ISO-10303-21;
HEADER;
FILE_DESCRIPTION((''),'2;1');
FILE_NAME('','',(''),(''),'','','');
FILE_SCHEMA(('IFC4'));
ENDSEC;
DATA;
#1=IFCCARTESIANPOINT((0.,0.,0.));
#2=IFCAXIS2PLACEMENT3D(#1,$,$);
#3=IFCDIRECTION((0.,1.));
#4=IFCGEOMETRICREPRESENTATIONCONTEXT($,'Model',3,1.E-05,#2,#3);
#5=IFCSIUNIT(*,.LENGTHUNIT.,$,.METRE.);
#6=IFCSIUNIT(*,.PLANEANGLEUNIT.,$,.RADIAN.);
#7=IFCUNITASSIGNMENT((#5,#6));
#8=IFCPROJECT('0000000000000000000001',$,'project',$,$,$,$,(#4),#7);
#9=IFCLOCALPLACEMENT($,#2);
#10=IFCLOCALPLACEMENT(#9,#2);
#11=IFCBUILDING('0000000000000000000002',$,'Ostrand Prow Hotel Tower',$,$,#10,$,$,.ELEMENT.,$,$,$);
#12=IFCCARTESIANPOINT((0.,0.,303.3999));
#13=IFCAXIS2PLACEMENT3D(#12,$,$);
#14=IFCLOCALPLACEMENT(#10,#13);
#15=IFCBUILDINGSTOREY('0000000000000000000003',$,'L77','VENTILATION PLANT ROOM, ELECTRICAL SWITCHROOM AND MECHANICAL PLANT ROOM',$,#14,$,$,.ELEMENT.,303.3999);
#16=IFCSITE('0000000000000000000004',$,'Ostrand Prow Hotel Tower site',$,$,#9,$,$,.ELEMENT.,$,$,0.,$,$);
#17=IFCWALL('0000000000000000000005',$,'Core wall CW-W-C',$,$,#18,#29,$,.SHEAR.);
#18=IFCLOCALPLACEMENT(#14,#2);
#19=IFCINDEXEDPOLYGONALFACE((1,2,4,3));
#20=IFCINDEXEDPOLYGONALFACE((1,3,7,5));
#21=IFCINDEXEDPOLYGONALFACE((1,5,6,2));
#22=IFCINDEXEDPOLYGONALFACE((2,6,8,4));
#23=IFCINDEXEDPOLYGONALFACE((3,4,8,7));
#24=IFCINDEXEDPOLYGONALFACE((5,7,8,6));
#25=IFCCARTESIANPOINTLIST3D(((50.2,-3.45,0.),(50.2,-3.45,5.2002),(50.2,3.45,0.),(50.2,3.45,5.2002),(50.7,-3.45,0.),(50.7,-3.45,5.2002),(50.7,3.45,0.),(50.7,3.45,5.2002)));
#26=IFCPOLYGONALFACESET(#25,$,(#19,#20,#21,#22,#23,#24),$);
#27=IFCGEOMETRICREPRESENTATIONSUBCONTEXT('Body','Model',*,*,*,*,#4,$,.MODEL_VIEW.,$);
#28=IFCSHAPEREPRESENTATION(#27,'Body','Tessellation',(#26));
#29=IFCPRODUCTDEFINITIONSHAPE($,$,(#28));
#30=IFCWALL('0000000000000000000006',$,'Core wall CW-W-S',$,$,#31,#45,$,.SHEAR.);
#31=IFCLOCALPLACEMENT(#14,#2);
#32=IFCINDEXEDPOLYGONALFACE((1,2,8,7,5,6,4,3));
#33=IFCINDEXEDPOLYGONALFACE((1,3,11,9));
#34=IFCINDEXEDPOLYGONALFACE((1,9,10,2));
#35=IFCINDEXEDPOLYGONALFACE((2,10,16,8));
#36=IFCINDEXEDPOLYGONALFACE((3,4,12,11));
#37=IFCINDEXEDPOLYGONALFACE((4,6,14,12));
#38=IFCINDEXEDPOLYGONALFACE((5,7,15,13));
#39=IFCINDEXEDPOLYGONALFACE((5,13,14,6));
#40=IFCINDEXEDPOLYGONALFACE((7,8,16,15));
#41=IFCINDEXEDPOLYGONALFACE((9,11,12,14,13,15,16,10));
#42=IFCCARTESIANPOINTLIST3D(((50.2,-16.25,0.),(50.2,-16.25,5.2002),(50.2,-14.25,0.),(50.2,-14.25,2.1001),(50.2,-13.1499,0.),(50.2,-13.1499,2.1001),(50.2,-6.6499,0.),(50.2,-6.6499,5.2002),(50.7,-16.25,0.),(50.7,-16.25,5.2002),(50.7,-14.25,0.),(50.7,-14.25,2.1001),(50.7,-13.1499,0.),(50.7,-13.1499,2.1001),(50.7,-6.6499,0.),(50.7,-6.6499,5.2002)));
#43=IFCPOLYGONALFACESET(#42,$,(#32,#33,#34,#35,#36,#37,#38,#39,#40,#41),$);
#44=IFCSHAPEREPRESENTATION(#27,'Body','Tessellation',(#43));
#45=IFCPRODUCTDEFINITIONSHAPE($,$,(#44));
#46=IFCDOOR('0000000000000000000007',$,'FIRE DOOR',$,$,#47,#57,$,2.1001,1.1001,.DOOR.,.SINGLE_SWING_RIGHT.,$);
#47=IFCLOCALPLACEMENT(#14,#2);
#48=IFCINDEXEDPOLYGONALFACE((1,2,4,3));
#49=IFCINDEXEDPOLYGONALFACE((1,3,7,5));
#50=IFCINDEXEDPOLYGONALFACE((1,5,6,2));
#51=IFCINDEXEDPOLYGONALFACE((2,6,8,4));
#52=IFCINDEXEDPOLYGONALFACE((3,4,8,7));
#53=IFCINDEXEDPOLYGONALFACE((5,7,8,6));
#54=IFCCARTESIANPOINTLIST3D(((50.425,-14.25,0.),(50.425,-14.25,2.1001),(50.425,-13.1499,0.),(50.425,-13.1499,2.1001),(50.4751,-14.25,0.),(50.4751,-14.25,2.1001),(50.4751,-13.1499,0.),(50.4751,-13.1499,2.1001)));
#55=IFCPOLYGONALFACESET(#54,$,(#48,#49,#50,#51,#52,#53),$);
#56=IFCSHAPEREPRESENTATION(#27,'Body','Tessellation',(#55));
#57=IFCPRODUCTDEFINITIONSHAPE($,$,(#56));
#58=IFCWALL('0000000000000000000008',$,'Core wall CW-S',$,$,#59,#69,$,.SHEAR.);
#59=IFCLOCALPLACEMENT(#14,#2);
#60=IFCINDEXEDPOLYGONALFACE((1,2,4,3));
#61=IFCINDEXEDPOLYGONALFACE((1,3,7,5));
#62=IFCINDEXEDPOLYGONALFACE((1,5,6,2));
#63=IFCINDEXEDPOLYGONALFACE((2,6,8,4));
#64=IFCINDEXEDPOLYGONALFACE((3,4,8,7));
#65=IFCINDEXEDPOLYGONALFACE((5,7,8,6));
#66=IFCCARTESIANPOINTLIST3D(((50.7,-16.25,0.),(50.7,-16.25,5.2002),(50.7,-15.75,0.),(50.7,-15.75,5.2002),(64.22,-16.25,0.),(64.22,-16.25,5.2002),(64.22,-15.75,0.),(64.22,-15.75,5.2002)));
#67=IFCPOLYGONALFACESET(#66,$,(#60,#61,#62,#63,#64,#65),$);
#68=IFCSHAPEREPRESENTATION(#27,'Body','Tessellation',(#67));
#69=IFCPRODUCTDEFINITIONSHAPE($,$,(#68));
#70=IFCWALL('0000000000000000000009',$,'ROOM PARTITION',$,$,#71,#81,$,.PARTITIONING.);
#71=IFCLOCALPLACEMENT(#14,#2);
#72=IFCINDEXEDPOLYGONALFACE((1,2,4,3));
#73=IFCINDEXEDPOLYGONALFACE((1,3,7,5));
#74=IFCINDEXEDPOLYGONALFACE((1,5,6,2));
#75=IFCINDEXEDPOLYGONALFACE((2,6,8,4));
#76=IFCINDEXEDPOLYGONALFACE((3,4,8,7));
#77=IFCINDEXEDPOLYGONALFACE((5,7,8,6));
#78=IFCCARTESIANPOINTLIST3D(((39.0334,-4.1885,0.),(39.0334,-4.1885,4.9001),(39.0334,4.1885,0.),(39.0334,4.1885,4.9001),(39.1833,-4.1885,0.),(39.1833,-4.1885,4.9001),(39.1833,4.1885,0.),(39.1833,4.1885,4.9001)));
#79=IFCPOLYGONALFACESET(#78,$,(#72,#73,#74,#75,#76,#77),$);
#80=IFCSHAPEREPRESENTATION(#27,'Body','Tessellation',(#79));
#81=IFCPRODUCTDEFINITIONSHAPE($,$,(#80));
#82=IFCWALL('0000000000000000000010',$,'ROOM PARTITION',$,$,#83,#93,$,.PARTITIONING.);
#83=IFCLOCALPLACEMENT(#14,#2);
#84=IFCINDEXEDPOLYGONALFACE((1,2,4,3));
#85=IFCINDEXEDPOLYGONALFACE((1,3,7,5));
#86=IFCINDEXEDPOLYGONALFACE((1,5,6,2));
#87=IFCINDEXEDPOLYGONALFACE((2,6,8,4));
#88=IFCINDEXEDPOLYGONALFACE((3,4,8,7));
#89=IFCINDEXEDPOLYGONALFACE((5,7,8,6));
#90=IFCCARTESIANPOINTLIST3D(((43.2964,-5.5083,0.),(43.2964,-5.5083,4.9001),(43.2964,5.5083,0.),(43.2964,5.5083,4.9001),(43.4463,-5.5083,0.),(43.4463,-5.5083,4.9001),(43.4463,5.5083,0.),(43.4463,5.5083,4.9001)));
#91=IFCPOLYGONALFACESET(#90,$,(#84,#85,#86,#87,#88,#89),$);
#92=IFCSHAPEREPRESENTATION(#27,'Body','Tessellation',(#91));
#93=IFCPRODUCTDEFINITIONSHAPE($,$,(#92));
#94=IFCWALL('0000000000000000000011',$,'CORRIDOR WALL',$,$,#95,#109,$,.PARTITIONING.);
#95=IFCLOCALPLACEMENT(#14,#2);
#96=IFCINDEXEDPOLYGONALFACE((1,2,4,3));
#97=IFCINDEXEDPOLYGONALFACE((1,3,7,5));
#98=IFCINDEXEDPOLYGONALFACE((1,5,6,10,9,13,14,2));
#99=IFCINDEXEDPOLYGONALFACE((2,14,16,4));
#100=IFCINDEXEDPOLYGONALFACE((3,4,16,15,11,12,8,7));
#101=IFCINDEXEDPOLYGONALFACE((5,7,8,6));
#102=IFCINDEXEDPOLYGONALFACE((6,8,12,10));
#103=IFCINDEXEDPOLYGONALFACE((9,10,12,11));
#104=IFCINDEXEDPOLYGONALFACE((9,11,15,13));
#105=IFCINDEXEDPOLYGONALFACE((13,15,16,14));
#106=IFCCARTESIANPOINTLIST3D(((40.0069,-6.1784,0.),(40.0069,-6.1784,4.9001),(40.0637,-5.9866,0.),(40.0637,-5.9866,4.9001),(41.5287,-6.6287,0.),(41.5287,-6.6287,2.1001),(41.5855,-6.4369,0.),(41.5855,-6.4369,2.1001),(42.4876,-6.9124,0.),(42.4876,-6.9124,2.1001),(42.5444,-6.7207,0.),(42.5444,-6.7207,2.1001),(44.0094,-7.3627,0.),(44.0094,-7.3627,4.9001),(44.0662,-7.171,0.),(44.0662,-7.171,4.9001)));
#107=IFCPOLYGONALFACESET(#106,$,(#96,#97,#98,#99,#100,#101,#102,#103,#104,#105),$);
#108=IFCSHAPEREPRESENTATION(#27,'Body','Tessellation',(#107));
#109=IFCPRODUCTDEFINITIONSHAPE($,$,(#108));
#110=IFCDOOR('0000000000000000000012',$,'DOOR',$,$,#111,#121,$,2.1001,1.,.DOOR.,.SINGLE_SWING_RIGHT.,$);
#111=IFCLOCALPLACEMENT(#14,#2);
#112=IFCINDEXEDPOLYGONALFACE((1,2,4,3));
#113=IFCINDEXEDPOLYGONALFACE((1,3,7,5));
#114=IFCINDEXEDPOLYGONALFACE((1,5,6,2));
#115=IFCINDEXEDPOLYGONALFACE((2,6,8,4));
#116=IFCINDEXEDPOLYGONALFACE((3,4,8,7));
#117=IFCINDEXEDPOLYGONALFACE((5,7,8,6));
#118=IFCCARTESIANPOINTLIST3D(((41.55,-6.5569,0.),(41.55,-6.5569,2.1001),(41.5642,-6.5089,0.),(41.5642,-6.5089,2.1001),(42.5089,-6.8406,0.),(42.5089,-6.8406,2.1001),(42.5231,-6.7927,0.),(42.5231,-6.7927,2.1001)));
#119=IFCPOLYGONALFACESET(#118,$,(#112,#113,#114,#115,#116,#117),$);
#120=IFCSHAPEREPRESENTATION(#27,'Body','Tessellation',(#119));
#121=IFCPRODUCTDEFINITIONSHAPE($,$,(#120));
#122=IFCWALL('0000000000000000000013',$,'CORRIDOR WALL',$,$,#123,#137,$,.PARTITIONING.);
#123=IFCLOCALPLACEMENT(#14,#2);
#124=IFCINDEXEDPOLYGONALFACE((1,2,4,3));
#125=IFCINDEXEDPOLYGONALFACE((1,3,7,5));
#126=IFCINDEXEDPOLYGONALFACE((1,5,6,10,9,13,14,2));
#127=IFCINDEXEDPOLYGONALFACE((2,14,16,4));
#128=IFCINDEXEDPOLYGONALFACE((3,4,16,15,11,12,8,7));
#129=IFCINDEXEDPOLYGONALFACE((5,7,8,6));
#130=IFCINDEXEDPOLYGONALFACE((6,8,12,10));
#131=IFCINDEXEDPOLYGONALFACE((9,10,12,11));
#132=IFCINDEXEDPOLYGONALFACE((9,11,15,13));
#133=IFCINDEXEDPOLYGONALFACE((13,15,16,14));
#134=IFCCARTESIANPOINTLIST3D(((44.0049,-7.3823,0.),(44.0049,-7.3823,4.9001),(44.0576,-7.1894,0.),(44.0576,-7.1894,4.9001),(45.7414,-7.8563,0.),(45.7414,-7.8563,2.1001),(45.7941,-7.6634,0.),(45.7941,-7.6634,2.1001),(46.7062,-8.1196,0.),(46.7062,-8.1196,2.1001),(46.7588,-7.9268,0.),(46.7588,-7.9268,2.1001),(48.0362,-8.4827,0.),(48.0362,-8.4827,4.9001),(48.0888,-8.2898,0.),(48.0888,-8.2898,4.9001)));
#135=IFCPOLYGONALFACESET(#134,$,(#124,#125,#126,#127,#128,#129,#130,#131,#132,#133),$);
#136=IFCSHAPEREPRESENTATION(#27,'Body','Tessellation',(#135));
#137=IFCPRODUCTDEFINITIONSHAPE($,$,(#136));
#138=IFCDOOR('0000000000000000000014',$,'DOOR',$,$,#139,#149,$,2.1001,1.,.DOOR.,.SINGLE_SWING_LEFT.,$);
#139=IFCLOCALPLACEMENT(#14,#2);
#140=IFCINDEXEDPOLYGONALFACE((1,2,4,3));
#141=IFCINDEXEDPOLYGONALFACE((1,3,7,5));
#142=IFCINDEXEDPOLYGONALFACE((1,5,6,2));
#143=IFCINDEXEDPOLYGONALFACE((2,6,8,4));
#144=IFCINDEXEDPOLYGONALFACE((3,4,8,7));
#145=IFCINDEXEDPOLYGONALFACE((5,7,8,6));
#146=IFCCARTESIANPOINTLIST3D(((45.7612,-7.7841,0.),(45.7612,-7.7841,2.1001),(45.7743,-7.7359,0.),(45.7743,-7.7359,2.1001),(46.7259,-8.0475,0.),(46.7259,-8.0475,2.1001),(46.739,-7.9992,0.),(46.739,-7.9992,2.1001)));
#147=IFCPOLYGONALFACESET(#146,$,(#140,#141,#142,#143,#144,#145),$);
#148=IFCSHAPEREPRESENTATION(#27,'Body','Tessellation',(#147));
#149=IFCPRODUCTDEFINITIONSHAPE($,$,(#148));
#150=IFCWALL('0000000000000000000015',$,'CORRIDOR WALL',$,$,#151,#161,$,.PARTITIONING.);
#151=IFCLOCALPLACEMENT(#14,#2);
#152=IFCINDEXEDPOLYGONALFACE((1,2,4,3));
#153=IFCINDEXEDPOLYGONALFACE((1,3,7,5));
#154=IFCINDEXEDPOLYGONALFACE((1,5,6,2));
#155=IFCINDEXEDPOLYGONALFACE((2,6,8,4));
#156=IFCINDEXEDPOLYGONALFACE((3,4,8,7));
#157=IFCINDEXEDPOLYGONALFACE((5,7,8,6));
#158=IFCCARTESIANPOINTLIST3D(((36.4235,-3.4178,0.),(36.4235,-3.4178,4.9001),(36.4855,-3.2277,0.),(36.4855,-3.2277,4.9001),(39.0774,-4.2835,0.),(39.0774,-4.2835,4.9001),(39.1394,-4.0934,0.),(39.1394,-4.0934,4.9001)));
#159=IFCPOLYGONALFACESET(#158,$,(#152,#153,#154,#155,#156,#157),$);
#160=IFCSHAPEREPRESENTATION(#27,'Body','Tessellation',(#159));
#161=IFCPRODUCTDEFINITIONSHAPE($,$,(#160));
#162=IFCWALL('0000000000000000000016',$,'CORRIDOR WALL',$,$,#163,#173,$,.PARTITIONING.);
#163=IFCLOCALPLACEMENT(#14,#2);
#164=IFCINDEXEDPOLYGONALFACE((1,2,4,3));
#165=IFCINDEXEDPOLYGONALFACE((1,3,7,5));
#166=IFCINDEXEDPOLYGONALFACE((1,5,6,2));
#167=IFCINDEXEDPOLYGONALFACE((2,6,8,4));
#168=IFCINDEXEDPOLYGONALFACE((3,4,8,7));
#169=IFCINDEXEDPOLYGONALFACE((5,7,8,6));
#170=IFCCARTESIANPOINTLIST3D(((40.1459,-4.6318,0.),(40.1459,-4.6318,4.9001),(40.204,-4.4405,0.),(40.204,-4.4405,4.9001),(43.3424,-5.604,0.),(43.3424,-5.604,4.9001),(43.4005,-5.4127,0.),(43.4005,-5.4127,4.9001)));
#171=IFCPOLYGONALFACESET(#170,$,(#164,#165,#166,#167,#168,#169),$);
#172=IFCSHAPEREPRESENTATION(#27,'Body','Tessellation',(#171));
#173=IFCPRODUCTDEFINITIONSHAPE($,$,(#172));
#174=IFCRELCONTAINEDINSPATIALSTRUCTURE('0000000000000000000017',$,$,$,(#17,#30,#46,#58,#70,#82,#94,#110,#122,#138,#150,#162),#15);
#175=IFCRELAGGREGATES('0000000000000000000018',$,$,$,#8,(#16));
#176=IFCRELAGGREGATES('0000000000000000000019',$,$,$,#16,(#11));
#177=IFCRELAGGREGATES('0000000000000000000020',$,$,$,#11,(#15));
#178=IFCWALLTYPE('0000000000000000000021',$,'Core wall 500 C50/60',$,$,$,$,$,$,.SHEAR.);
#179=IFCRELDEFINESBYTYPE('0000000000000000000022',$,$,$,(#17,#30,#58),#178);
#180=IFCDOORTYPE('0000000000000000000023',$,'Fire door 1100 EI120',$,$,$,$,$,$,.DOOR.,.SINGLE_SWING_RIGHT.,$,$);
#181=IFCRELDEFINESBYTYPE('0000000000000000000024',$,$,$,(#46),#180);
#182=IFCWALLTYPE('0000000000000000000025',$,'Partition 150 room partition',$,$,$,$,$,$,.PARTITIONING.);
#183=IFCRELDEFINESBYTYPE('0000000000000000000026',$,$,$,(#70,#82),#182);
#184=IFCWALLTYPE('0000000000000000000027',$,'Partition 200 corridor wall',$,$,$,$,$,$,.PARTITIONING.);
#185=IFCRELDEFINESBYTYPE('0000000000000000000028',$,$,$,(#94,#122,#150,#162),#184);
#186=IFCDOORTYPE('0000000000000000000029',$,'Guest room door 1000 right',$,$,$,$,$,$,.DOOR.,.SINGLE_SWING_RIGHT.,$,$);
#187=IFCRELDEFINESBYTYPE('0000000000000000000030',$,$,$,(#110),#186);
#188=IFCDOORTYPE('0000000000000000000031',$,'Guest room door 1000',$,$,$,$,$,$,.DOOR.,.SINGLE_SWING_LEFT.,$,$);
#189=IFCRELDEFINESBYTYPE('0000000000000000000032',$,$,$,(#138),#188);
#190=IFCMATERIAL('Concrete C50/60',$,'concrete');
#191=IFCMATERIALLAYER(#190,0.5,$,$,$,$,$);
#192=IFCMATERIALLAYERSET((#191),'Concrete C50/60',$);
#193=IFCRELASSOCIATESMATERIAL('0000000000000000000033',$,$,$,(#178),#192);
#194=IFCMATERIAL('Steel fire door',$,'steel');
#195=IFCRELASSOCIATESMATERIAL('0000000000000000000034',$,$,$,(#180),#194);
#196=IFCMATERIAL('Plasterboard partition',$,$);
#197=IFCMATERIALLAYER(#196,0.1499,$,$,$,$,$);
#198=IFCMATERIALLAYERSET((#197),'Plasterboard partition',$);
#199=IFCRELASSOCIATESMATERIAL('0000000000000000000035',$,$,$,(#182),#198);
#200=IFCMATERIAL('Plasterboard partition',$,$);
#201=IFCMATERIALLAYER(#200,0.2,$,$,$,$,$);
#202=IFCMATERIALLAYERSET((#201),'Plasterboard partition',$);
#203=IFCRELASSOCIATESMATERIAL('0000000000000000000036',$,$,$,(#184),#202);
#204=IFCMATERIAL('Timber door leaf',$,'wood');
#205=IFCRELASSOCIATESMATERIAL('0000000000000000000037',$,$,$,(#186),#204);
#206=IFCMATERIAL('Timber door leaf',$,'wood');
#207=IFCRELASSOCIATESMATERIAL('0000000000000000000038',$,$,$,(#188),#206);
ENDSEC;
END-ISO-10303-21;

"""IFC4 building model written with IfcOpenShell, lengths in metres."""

from ifc_helpers import new_model, si_unit, direction, frame, frame_2d, origin, place, context, subcontext, project, spatial, rectangle, extrude, material, layer, layer_set, type_object, element, fill, save


model = new_model("IFC4")

# Units and contexts
model_context = context("Model", 3, precision=1e-05, world=origin(), true_north=direction((0.0, 1.0)))
body_context = subcontext(model_context, "Body", "Model", "MODEL_VIEW")
ifc_project = project(units=[si_unit("LENGTHUNIT", "METRE"), si_unit("PLANEANGLEUNIT", "RADIAN")], contexts=[model_context])

# Site, building, storey
site_placement = place(None, origin())
site = spatial("IfcSite", under=ifc_project, at=site_placement, Name="Ostrand Prow Hotel Tower site", CompositionType="ELEMENT", RefElevation=0.0)
building_placement = place(site_placement, origin())
building = spatial("IfcBuilding", under=site, at=building_placement, Name="Ostrand Prow Hotel Tower", CompositionType="ELEMENT")
storey_placement = place(building_placement, frame((0.0, 0.0, 303.3999)))
storey = spatial("IfcBuildingStorey", under=building, at=storey_placement, Name="L77", Description="VENTILATION PLANT ROOM, ELECTRICAL SWITCHROOM AND MECHANICAL PLANT ROOM", CompositionType="ELEMENT", Elevation=303.3999)

# Wall
ifc_material_1 = material(Name="Concrete C50/60", Category="concrete")
ifc_layer_1 = layer(ifc_material_1, 0.5)
ifc_layer_set_1 = layer_set([ifc_layer_1], Name="Concrete C50/60")
wall_type_1 = type_object("IfcWallType", Name="Core wall 500 C50/60", PredefinedType="SHEAR", material=ifc_layer_set_1)
wall_1_placement = place(storey_placement, frame((50.45, -3.45, 0.0), z_axis=(0.0, 0.0, 1.0), x_axis=(0.0, 1.0, 0.0)))
element("IfcWall", 1, at=wall_1_placement, inside=storey, type_object=wall_type_1, Name="Core wall CW-W-C", PredefinedType="SHEAR", context=body_context, shape_type="SweptSolid", body=[
    extrude(rectangle(XDim=6.8999, YDim=0.5, at=frame_2d((3.45, 0.0))), origin(), (0.0, 0.0, 1.0), 5.2002),
])

# Wall, opening, door
wall_2_placement = place(storey_placement, frame((50.45, -16.25, 0.0), z_axis=(0.0, 0.0, 1.0), x_axis=(0.0, 1.0, 0.0)))
wall_2 = element("IfcWall", 2, at=wall_2_placement, inside=storey, type_object=wall_type_1, Name="Core wall CW-W-S", PredefinedType="SHEAR", context=body_context, shape_type="SweptSolid", body=[
    extrude(rectangle(XDim=9.6001, YDim=0.5, at=frame_2d((4.8, 0.0))), origin(), (0.0, 0.0, 1.0), 5.2002),
])
opening_1_placement = place(wall_2_placement, frame((2.0, 0.0, 0.0)))
opening_1 = element("IfcOpeningElement", 3, at=opening_1_placement, cuts=wall_2, PredefinedType="OPENING", context=body_context, shape_type="SweptSolid", body=[
    extrude(rectangle(XDim=1.1001, YDim=2.1001, at=frame_2d((0.55, 1.05))), frame((0.0, 0.26, 0.0), z_axis=(0.0, -1.0, 0.0), x_axis=(1.0, 0.0, 0.0)), (0.0, 0.0, 1.0), 0.52),
])
ifc_material_2 = material(Name="Steel fire door", Category="steel")
door_type_1 = type_object("IfcDoorType", Name="Fire door 1100 EI120", OperationType="SINGLE_SWING_RIGHT", PredefinedType="DOOR", material=ifc_material_2)
door_1_placement = place(opening_1_placement, origin())
door_1 = element("IfcDoor", 4, at=door_1_placement, inside=storey, type_object=door_type_1, Name="FIRE DOOR", OperationType="SINGLE_SWING_RIGHT", OverallHeight=2.1001, OverallWidth=1.1001, PredefinedType="DOOR", context=body_context, shape_type="SweptSolid", body=[
    extrude(rectangle(XDim=1.1001, YDim=2.1001, at=frame_2d((0.55, 1.05))), frame((0.0, 0.0249, 0.0), z_axis=(0.0, -1.0, 0.0), x_axis=(1.0, 0.0, 0.0)), (0.0, 0.0, 1.0), 0.05),
])
fill(opening_1, door_1)

# Walls
wall_3_placement = place(storey_placement, frame((50.7, -16.0, 0.0), z_axis=(0.0, 0.0, 1.0), x_axis=(1.0, 0.0, 0.0)))
element("IfcWall", 5, at=wall_3_placement, inside=storey, type_object=wall_type_1, Name="Core wall CW-S", PredefinedType="SHEAR", context=body_context, shape_type="SweptSolid", body=[
    extrude(rectangle(XDim=13.52, YDim=0.5, at=frame_2d((6.76, 0.0))), origin(), (0.0, 0.0, 1.0), 5.2002),
])
ifc_material_3 = material(Name="Plasterboard partition")
ifc_layer_2 = layer(ifc_material_3, 0.1499)
ifc_layer_set_2 = layer_set([ifc_layer_2], Name="Plasterboard partition")
wall_type_2 = type_object("IfcWallType", Name="Partition 150 room partition", PredefinedType="PARTITIONING", material=ifc_layer_set_2)
wall_4_placement = place(storey_placement, frame((39.1084, -4.1885, 0.0), z_axis=(0.0, 0.0, 1.0), x_axis=(0.0, 1.0, 0.0)))
element("IfcWall", 6, at=wall_4_placement, inside=storey, type_object=wall_type_2, Name="ROOM PARTITION", PredefinedType="PARTITIONING", context=body_context, shape_type="SweptSolid", body=[
    extrude(rectangle(XDim=8.377, YDim=0.1499, at=frame_2d((4.1885, 0.0))), origin(), (0.0, 0.0, 1.0), 4.9001),
])
wall_5_placement = place(storey_placement, frame((43.3713, -5.5083, 0.0), z_axis=(0.0, 0.0, 1.0), x_axis=(0.0, 1.0, 0.0)))
element("IfcWall", 7, at=wall_5_placement, inside=storey, type_object=wall_type_2, Name="ROOM PARTITION", PredefinedType="PARTITIONING", context=body_context, shape_type="SweptSolid", body=[
    extrude(rectangle(XDim=11.0166, YDim=0.1499, at=frame_2d((5.5083, 0.0))), origin(), (0.0, 0.0, 1.0), 4.9001),
])

# Walls, openings, doors
ifc_material_4 = material(Name="Plasterboard partition")
ifc_layer_3 = layer(ifc_material_4, 0.2)
ifc_layer_set_3 = layer_set([ifc_layer_3], Name="Plasterboard partition")
wall_type_3 = type_object("IfcWallType", Name="Partition 200 corridor wall", PredefinedType="PARTITIONING", material=ifc_layer_set_3)
wall_6_placement = place(storey_placement, frame((40.0354, -6.0825, 0.0), z_axis=(0.0, 0.0, 1.0), x_axis=(0.958901, -0.28374, 0.0)))
wall_6 = element("IfcWall", 8, at=wall_6_placement, inside=storey, type_object=wall_type_3, Name="CORRIDOR WALL", PredefinedType="PARTITIONING", context=body_context, shape_type="SweptSolid", body=[
    extrude(rectangle(XDim=4.1741, YDim=0.2, at=frame_2d((2.0869, 0.0))), origin(), (0.0, 0.0, 1.0), 4.9001),
])
opening_2_placement = place(wall_6_placement, frame((1.5869, 0.0, 0.0)))
opening_2 = element("IfcOpeningElement", 9, at=opening_2_placement, cuts=wall_6, PredefinedType="OPENING", context=body_context, shape_type="SweptSolid", body=[
    extrude(rectangle(XDim=1.0, YDim=2.1001, at=frame_2d((0.5, 1.05))), frame((0.0, 0.1099, 0.0), z_axis=(0.0, -1.0, 0.0), x_axis=(1.0, 0.0, 0.0)), (0.0, 0.0, 1.0), 0.22),
])
ifc_material_5 = material(Name="Timber door leaf", Category="wood")
door_type_2 = type_object("IfcDoorType", Name="Guest room door 1000 right", OperationType="SINGLE_SWING_RIGHT", PredefinedType="DOOR", material=ifc_material_5)
door_2_placement = place(opening_2_placement, origin())
door_2 = element("IfcDoor", 10, at=door_2_placement, inside=storey, type_object=door_type_2, Name="DOOR", OperationType="SINGLE_SWING_RIGHT", OverallHeight=2.1001, OverallWidth=1.0, PredefinedType="DOOR", context=body_context, shape_type="SweptSolid", body=[
    extrude(rectangle(XDim=1.0, YDim=2.1001, at=frame_2d((0.5, 1.05))), frame((0.0, 0.0249, 0.0), z_axis=(0.0, -1.0, 0.0), x_axis=(1.0, 0.0, 0.0)), (0.0, 0.0, 1.0), 0.05),
])
fill(opening_2, door_2)
wall_7_placement = place(storey_placement, frame((44.0312, -7.2859, 0.0), z_axis=(0.0, 0.0, 1.0), x_axis=(0.964709, -0.26332, 0.0)))
wall_7 = element("IfcWall", 11, at=wall_7_placement, inside=storey, type_object=wall_type_3, Name="CORRIDOR WALL", PredefinedType="PARTITIONING", context=body_context, shape_type="SweptSolid", body=[
    extrude(rectangle(XDim=4.1787, YDim=0.2, at=frame_2d((2.0894, 0.0))), origin(), (0.0, 0.0, 1.0), 4.9001),
])
opening_3_placement = place(wall_7_placement, frame((1.8, 0.0, 0.0)))
opening_3 = element("IfcOpeningElement", 12, at=opening_3_placement, cuts=wall_7, PredefinedType="OPENING", context=body_context, shape_type="SweptSolid", body=[
    extrude(rectangle(XDim=1.0, YDim=2.1001, at=frame_2d((0.5, 1.05))), frame((0.0, 0.1099, 0.0), z_axis=(0.0, -1.0, 0.0), x_axis=(1.0, 0.0, 0.0)), (0.0, 0.0, 1.0), 0.22),
])
ifc_material_6 = material(Name="Timber door leaf", Category="wood")
door_type_3 = type_object("IfcDoorType", Name="Guest room door 1000", OperationType="SINGLE_SWING_LEFT", PredefinedType="DOOR", material=ifc_material_6)
door_3_placement = place(opening_3_placement, origin())
door_3 = element("IfcDoor", 13, at=door_3_placement, inside=storey, type_object=door_type_3, Name="DOOR", OperationType="SINGLE_SWING_LEFT", OverallHeight=2.1001, OverallWidth=1.0, PredefinedType="DOOR", context=body_context, shape_type="SweptSolid", body=[
    extrude(rectangle(XDim=1.0, YDim=2.1001, at=frame_2d((0.5, 1.05))), frame((0.0, 0.0249, 0.0), z_axis=(0.0, -1.0, 0.0), x_axis=(1.0, 0.0, 0.0)), (0.0, 0.0, 1.0), 0.05),
])
fill(opening_3, door_3)

# Walls
wall_8_placement = place(storey_placement, frame((39.1084, -4.1885, 0.0), z_axis=(0.0, 0.0, 1.0), x_axis=(-0.950693, 0.310134, 0.0)))
element("IfcWall", 14, at=wall_8_placement, inside=storey, type_object=wall_type_3, Name="CORRIDOR WALL", PredefinedType="PARTITIONING", context=body_context, shape_type="SweptSolid", body=[
    extrude(rectangle(XDim=2.7915, YDim=0.2, at=frame_2d((1.3958, 0.0))), origin(), (0.0, 0.0, 1.0), 4.9001),
])
wall_9_placement = place(storey_placement, frame((43.3713, -5.5083, 0.0), z_axis=(0.0, 0.0, 1.0), x_axis=(-0.956731, 0.290973, 0.0)))
element("IfcWall", 15, at=wall_9_placement, inside=storey, type_object=wall_type_3, Name="CORRIDOR WALL", PredefinedType="PARTITIONING", context=body_context, shape_type="SweptSolid", body=[
    extrude(rectangle(XDim=3.3411, YDim=0.2, at=frame_2d((1.6704, 0.0))), origin(), (0.0, 0.0, 1.0), 4.9001),
])

save(model, "model.ifc")
